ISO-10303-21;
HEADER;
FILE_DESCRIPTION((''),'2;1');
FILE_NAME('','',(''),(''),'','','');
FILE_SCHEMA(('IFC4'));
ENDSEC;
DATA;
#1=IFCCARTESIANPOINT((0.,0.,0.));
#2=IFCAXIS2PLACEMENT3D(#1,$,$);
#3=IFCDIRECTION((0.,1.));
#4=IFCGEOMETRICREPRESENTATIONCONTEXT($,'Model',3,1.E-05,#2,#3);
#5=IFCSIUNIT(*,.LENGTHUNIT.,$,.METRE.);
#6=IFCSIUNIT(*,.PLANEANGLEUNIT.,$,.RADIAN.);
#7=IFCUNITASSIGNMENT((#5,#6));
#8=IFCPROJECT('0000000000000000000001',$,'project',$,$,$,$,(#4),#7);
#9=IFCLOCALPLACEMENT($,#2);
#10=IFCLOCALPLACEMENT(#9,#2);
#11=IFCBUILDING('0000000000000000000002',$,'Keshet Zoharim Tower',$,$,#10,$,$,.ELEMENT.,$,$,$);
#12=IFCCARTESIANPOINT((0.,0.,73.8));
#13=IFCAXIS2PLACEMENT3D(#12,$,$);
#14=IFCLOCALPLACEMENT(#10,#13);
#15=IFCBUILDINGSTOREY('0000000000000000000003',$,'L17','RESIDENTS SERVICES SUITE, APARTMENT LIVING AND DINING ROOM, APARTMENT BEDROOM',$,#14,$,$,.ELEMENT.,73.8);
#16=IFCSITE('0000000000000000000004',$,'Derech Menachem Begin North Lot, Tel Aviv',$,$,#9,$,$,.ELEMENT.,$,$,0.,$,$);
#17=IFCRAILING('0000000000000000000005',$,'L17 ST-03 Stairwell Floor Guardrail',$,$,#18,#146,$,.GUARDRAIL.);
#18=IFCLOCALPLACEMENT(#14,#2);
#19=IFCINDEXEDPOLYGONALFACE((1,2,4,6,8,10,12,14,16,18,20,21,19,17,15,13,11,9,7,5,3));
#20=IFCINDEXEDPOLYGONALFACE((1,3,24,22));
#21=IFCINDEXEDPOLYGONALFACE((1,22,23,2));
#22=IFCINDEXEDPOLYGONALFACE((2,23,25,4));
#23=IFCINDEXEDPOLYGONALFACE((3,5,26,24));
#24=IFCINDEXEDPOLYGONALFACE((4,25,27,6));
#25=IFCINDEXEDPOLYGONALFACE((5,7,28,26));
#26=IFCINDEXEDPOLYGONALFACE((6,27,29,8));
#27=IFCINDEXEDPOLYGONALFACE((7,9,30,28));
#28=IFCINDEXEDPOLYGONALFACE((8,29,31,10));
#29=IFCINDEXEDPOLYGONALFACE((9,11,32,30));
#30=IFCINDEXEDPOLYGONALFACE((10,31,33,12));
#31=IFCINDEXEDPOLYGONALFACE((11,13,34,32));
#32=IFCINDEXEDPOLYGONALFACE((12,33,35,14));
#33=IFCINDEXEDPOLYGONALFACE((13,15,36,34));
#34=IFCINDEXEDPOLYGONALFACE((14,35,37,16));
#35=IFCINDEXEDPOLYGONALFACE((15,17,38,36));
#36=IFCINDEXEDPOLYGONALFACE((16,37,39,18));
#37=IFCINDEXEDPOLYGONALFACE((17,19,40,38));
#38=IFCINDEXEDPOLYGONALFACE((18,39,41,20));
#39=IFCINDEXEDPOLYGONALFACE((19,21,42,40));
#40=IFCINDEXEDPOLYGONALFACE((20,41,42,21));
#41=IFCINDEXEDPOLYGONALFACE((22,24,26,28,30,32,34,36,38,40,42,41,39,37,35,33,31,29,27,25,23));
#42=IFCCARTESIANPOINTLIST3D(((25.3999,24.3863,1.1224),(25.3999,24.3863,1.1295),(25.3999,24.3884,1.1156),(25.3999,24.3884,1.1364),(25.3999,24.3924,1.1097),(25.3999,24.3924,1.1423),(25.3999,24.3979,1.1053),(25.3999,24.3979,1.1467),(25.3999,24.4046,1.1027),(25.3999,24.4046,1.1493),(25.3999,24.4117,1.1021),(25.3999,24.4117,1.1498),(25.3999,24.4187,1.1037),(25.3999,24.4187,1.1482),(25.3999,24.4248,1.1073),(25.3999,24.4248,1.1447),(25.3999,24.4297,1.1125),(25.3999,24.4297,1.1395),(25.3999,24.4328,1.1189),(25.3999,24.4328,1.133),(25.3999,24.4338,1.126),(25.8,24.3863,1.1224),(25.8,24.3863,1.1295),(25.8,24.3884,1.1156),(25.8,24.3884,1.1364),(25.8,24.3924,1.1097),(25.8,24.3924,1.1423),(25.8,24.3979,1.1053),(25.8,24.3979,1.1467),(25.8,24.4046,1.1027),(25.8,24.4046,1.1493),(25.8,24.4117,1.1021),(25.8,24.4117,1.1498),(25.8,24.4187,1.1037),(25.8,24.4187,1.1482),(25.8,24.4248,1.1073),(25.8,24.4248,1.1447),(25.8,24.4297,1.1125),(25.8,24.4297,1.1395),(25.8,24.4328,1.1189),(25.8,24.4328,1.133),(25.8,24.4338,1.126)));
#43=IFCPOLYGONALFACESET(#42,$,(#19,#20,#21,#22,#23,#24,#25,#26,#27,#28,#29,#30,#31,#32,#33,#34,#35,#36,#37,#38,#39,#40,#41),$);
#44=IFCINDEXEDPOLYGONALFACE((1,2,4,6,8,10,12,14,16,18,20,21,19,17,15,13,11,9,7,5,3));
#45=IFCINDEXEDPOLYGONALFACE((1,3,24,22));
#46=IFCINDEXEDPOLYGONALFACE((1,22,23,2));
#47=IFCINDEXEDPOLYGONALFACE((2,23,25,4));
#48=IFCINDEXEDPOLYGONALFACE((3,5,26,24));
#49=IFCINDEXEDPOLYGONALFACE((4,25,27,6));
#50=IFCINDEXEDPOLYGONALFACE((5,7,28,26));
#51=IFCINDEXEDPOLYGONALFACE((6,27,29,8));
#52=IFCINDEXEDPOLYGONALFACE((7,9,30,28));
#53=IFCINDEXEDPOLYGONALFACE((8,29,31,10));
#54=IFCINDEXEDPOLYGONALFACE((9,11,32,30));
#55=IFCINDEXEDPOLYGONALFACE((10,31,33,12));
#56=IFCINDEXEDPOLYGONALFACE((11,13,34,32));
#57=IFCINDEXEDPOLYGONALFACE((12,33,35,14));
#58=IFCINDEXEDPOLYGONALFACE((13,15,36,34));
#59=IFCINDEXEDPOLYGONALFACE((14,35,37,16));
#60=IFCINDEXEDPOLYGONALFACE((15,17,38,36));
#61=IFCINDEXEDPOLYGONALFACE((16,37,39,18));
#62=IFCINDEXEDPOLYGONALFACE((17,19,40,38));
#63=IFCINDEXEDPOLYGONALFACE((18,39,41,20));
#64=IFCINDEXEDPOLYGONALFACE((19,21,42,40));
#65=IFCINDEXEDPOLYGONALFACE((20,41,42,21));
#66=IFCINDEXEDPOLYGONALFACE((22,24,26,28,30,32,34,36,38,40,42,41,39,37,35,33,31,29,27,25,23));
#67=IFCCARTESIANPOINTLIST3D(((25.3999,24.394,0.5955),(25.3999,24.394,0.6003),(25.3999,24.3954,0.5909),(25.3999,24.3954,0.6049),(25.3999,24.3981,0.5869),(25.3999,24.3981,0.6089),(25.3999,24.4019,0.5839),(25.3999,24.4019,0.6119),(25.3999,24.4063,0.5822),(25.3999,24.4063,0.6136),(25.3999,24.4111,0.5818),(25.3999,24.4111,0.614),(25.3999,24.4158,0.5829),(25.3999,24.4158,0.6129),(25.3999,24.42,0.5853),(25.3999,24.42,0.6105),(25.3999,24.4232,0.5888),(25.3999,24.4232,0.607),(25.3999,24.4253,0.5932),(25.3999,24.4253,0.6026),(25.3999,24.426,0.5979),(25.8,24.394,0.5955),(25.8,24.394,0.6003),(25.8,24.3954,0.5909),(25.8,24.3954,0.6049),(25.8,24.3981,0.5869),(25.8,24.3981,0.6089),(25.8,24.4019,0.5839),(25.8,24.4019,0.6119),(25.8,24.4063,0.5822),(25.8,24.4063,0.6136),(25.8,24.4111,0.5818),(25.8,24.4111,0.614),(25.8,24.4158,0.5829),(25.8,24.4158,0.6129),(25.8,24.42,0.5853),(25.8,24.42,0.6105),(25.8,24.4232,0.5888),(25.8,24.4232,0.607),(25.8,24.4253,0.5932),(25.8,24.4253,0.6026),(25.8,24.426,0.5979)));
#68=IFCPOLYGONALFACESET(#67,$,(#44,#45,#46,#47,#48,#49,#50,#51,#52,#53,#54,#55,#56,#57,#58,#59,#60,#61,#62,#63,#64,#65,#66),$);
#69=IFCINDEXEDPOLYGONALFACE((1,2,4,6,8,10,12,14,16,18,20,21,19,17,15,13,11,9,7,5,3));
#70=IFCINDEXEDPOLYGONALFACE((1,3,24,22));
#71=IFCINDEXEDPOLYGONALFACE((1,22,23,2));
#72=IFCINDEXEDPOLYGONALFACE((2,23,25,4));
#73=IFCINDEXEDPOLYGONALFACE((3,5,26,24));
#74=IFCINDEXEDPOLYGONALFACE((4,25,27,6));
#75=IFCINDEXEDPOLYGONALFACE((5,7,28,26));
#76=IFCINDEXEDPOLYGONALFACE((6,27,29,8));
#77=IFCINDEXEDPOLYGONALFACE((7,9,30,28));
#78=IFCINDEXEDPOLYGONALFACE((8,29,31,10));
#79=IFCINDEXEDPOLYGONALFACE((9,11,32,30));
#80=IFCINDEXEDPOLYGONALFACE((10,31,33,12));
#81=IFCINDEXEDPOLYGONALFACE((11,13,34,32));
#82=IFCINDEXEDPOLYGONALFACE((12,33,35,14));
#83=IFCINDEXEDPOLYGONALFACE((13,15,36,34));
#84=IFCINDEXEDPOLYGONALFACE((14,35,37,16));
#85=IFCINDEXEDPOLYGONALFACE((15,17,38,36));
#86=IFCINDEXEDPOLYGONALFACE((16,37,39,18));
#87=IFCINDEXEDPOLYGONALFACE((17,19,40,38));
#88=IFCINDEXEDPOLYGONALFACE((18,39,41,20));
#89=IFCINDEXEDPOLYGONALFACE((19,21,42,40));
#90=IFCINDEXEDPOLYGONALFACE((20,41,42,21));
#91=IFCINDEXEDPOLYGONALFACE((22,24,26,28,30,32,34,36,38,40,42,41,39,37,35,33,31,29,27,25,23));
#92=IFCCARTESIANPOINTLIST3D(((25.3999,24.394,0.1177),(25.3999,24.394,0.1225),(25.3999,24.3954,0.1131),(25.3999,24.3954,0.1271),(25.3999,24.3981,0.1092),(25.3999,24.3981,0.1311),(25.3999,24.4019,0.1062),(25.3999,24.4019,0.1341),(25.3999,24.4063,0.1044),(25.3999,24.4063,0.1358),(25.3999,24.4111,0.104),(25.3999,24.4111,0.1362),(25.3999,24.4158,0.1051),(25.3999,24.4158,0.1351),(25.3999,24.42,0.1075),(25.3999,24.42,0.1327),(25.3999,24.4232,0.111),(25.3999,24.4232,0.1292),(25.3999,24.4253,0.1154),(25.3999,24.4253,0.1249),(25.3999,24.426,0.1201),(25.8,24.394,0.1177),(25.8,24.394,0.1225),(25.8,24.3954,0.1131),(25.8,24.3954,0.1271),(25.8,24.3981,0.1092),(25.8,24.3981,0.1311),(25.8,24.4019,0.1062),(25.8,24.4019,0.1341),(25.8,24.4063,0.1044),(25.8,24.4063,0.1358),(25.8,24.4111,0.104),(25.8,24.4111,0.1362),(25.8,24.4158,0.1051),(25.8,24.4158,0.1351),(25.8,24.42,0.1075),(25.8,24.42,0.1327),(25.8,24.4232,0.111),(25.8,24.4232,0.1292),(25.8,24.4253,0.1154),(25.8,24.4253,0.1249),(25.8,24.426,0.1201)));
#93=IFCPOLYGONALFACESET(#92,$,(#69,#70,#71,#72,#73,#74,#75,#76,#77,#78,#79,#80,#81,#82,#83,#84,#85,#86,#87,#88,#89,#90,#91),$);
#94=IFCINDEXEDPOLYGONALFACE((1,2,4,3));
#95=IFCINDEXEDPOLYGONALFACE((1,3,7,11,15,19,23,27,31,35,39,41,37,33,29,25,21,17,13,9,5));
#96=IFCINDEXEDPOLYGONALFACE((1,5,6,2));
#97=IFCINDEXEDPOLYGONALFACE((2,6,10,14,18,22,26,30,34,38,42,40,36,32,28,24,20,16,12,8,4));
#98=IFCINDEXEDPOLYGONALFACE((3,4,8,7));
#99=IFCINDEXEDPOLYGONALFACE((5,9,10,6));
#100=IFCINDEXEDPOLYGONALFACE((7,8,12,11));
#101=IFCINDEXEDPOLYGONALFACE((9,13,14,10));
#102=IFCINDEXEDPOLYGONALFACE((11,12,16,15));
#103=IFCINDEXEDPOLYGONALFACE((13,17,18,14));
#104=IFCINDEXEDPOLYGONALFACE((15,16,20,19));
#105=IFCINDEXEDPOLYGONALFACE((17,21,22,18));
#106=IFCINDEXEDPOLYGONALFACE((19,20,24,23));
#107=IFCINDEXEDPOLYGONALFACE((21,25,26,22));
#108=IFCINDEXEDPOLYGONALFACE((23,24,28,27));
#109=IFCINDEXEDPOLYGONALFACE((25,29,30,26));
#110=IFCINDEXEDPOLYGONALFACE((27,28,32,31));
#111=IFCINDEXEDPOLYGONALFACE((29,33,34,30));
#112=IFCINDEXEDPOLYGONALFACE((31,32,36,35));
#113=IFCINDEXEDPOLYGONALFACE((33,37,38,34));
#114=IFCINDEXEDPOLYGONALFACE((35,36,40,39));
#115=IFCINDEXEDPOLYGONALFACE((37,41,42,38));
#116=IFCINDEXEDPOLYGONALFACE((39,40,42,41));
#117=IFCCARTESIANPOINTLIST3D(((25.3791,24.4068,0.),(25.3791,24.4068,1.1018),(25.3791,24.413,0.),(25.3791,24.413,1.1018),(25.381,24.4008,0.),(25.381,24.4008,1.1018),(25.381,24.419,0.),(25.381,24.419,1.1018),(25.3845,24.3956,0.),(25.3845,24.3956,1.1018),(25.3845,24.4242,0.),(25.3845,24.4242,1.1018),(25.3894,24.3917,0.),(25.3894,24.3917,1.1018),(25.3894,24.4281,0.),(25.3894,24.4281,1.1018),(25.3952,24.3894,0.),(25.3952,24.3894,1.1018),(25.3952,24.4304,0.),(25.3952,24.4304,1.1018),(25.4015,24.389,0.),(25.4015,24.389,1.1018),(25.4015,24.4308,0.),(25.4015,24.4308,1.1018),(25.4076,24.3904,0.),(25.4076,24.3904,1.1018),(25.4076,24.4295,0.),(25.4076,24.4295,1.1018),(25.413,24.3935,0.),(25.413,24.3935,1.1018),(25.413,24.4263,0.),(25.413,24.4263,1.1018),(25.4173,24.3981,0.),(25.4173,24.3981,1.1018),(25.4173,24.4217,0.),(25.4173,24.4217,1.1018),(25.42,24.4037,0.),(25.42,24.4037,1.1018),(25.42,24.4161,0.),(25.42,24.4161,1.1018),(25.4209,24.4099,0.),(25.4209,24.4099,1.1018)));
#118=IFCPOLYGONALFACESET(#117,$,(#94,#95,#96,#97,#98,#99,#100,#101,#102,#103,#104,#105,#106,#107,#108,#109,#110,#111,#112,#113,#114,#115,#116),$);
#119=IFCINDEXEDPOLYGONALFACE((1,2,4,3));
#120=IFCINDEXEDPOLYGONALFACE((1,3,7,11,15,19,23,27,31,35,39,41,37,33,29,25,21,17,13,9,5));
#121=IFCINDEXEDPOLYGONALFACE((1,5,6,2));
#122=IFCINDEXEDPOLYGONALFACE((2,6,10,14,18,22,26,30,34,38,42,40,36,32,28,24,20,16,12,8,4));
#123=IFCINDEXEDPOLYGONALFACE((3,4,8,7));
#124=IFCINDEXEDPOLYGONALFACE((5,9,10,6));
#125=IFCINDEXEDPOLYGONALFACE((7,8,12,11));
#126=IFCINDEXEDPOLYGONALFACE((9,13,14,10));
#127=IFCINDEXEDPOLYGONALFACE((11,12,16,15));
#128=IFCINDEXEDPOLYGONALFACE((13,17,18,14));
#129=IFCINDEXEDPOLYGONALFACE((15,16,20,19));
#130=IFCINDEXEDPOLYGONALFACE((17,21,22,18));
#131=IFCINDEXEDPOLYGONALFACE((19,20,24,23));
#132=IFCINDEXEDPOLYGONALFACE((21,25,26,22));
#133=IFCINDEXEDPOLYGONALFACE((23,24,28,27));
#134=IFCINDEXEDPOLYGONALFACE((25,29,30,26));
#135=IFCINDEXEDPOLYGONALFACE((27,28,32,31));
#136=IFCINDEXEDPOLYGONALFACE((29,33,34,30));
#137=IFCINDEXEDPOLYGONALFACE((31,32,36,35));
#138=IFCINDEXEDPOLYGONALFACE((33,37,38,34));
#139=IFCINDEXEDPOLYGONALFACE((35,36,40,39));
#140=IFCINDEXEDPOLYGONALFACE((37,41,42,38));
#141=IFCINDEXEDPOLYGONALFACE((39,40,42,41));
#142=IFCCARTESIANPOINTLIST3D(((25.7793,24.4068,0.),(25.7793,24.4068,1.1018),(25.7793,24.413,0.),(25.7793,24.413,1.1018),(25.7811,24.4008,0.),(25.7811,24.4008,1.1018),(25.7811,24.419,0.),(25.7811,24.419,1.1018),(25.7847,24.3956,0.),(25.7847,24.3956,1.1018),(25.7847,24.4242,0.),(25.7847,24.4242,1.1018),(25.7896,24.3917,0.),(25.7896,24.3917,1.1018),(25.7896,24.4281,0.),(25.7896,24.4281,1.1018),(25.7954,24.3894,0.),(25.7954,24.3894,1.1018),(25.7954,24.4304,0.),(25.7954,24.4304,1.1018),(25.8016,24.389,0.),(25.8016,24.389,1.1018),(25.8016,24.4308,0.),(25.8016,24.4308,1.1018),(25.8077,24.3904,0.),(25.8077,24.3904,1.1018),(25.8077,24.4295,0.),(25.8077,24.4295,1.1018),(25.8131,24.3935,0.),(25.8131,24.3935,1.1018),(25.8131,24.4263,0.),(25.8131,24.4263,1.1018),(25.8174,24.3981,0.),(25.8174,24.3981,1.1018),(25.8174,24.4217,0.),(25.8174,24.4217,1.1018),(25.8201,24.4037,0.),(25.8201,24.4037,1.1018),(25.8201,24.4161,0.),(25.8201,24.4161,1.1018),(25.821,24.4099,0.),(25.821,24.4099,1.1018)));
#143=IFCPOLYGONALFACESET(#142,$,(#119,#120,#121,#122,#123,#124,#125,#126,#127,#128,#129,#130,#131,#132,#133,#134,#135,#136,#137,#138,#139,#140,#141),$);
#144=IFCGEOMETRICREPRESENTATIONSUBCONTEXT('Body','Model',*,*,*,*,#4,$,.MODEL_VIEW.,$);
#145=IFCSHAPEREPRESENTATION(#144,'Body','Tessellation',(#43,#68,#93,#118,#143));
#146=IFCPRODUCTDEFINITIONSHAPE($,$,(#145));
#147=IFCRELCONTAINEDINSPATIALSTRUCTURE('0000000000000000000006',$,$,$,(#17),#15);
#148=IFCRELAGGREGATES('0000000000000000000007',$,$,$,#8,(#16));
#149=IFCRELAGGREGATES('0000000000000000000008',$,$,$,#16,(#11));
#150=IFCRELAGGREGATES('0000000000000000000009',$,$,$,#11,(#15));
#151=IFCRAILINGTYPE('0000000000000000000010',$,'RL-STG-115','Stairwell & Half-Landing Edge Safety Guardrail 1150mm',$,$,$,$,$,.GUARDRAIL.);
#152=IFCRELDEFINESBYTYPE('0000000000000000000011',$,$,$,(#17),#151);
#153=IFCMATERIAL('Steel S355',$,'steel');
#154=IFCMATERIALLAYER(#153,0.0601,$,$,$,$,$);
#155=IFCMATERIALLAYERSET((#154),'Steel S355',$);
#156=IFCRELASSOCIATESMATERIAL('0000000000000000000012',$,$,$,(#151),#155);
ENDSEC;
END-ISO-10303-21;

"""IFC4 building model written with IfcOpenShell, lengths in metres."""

from ifc_helpers import new_model, si_unit, direction, frame, origin, origin_2d, place, context, subcontext, project, spatial, circle, extrude, material, layer, layer_set, type_object, element, save


model = new_model("IFC4")

# Units and contexts
model_context = context("Model", 3, precision=1e-05, world=origin(), true_north=direction((0.0, 1.0)))
body_context = subcontext(model_context, "Body", "Model", "MODEL_VIEW")
ifc_project = project(units=[si_unit("LENGTHUNIT", "METRE"), si_unit("PLANEANGLEUNIT", "RADIAN")], contexts=[model_context])

# Site, building, storey
site_placement = place(None, origin())
site = spatial("IfcSite", under=ifc_project, at=site_placement, Name="Derech Menachem Begin North Lot, Tel Aviv", CompositionType="ELEMENT", RefElevation=0.0)
building_placement = place(site_placement, origin())
building = spatial("IfcBuilding", under=site, at=building_placement, Name="Keshet Zoharim Tower", CompositionType="ELEMENT")
storey_placement = place(building_placement, frame((0.0, 0.0, 73.8)))
storey = spatial("IfcBuildingStorey", under=building, at=storey_placement, Name="L17", Description="RESIDENTS SERVICES SUITE, APARTMENT LIVING AND DINING ROOM, APARTMENT BEDROOM", CompositionType="ELEMENT", Elevation=73.8)

# Shared definitions
ifc_material_1 = material(Name="Steel S355", Category="steel")

# Railing
ifc_layer_1 = layer(ifc_material_1, 0.0601)
ifc_layer_set_1 = layer_set([ifc_layer_1], Name="Steel S355")
railing_type_1 = type_object("IfcRailingType", Name="RL-STG-115", Description="Stairwell & Half-Landing Edge Safety Guardrail 1150mm", PredefinedType="GUARDRAIL", material=ifc_layer_set_1)
railing_1_placement = place(storey_placement, frame((25.3999, 24.4099, 0.0)))
element("IfcRailing", 1, at=railing_1_placement, inside=storey, type_object=railing_type_1, Name="L17 ST-03 Stairwell Floor Guardrail", PredefinedType="GUARDRAIL", context=body_context, shape_type="SweptSolid", body=[
    extrude(circle(Radius=0.0239, at=origin_2d()), frame((0.0, 0.0, 1.126), z_axis=(1.0, 0.0, 0.0), x_axis=(0.0, 1.0, 0.0)), (0.0, 0.0, 1.0), 0.4001),
    extrude(circle(Radius=0.0161, at=origin_2d()), frame((0.0, 0.0, 0.5979), z_axis=(1.0, 0.0, 0.0), x_axis=(0.0, 1.0, 0.0)), (0.0, 0.0, 1.0), 0.4001),
    extrude(circle(Radius=0.0161, at=origin_2d()), frame((0.0, 0.0, 0.1201), z_axis=(1.0, 0.0, 0.0), x_axis=(0.0, 1.0, 0.0)), (0.0, 0.0, 1.0), 0.4001),
    extrude(circle(Radius=0.021, at=origin_2d()), origin(), (0.0, 0.0, 1.0), 1.1018),
    extrude(circle(Radius=0.021, at=origin_2d()), frame((0.4001, 0.0, 0.0)), (0.0, 0.0, 1.0), 1.1018),
])

save(model, "model.ifc")
